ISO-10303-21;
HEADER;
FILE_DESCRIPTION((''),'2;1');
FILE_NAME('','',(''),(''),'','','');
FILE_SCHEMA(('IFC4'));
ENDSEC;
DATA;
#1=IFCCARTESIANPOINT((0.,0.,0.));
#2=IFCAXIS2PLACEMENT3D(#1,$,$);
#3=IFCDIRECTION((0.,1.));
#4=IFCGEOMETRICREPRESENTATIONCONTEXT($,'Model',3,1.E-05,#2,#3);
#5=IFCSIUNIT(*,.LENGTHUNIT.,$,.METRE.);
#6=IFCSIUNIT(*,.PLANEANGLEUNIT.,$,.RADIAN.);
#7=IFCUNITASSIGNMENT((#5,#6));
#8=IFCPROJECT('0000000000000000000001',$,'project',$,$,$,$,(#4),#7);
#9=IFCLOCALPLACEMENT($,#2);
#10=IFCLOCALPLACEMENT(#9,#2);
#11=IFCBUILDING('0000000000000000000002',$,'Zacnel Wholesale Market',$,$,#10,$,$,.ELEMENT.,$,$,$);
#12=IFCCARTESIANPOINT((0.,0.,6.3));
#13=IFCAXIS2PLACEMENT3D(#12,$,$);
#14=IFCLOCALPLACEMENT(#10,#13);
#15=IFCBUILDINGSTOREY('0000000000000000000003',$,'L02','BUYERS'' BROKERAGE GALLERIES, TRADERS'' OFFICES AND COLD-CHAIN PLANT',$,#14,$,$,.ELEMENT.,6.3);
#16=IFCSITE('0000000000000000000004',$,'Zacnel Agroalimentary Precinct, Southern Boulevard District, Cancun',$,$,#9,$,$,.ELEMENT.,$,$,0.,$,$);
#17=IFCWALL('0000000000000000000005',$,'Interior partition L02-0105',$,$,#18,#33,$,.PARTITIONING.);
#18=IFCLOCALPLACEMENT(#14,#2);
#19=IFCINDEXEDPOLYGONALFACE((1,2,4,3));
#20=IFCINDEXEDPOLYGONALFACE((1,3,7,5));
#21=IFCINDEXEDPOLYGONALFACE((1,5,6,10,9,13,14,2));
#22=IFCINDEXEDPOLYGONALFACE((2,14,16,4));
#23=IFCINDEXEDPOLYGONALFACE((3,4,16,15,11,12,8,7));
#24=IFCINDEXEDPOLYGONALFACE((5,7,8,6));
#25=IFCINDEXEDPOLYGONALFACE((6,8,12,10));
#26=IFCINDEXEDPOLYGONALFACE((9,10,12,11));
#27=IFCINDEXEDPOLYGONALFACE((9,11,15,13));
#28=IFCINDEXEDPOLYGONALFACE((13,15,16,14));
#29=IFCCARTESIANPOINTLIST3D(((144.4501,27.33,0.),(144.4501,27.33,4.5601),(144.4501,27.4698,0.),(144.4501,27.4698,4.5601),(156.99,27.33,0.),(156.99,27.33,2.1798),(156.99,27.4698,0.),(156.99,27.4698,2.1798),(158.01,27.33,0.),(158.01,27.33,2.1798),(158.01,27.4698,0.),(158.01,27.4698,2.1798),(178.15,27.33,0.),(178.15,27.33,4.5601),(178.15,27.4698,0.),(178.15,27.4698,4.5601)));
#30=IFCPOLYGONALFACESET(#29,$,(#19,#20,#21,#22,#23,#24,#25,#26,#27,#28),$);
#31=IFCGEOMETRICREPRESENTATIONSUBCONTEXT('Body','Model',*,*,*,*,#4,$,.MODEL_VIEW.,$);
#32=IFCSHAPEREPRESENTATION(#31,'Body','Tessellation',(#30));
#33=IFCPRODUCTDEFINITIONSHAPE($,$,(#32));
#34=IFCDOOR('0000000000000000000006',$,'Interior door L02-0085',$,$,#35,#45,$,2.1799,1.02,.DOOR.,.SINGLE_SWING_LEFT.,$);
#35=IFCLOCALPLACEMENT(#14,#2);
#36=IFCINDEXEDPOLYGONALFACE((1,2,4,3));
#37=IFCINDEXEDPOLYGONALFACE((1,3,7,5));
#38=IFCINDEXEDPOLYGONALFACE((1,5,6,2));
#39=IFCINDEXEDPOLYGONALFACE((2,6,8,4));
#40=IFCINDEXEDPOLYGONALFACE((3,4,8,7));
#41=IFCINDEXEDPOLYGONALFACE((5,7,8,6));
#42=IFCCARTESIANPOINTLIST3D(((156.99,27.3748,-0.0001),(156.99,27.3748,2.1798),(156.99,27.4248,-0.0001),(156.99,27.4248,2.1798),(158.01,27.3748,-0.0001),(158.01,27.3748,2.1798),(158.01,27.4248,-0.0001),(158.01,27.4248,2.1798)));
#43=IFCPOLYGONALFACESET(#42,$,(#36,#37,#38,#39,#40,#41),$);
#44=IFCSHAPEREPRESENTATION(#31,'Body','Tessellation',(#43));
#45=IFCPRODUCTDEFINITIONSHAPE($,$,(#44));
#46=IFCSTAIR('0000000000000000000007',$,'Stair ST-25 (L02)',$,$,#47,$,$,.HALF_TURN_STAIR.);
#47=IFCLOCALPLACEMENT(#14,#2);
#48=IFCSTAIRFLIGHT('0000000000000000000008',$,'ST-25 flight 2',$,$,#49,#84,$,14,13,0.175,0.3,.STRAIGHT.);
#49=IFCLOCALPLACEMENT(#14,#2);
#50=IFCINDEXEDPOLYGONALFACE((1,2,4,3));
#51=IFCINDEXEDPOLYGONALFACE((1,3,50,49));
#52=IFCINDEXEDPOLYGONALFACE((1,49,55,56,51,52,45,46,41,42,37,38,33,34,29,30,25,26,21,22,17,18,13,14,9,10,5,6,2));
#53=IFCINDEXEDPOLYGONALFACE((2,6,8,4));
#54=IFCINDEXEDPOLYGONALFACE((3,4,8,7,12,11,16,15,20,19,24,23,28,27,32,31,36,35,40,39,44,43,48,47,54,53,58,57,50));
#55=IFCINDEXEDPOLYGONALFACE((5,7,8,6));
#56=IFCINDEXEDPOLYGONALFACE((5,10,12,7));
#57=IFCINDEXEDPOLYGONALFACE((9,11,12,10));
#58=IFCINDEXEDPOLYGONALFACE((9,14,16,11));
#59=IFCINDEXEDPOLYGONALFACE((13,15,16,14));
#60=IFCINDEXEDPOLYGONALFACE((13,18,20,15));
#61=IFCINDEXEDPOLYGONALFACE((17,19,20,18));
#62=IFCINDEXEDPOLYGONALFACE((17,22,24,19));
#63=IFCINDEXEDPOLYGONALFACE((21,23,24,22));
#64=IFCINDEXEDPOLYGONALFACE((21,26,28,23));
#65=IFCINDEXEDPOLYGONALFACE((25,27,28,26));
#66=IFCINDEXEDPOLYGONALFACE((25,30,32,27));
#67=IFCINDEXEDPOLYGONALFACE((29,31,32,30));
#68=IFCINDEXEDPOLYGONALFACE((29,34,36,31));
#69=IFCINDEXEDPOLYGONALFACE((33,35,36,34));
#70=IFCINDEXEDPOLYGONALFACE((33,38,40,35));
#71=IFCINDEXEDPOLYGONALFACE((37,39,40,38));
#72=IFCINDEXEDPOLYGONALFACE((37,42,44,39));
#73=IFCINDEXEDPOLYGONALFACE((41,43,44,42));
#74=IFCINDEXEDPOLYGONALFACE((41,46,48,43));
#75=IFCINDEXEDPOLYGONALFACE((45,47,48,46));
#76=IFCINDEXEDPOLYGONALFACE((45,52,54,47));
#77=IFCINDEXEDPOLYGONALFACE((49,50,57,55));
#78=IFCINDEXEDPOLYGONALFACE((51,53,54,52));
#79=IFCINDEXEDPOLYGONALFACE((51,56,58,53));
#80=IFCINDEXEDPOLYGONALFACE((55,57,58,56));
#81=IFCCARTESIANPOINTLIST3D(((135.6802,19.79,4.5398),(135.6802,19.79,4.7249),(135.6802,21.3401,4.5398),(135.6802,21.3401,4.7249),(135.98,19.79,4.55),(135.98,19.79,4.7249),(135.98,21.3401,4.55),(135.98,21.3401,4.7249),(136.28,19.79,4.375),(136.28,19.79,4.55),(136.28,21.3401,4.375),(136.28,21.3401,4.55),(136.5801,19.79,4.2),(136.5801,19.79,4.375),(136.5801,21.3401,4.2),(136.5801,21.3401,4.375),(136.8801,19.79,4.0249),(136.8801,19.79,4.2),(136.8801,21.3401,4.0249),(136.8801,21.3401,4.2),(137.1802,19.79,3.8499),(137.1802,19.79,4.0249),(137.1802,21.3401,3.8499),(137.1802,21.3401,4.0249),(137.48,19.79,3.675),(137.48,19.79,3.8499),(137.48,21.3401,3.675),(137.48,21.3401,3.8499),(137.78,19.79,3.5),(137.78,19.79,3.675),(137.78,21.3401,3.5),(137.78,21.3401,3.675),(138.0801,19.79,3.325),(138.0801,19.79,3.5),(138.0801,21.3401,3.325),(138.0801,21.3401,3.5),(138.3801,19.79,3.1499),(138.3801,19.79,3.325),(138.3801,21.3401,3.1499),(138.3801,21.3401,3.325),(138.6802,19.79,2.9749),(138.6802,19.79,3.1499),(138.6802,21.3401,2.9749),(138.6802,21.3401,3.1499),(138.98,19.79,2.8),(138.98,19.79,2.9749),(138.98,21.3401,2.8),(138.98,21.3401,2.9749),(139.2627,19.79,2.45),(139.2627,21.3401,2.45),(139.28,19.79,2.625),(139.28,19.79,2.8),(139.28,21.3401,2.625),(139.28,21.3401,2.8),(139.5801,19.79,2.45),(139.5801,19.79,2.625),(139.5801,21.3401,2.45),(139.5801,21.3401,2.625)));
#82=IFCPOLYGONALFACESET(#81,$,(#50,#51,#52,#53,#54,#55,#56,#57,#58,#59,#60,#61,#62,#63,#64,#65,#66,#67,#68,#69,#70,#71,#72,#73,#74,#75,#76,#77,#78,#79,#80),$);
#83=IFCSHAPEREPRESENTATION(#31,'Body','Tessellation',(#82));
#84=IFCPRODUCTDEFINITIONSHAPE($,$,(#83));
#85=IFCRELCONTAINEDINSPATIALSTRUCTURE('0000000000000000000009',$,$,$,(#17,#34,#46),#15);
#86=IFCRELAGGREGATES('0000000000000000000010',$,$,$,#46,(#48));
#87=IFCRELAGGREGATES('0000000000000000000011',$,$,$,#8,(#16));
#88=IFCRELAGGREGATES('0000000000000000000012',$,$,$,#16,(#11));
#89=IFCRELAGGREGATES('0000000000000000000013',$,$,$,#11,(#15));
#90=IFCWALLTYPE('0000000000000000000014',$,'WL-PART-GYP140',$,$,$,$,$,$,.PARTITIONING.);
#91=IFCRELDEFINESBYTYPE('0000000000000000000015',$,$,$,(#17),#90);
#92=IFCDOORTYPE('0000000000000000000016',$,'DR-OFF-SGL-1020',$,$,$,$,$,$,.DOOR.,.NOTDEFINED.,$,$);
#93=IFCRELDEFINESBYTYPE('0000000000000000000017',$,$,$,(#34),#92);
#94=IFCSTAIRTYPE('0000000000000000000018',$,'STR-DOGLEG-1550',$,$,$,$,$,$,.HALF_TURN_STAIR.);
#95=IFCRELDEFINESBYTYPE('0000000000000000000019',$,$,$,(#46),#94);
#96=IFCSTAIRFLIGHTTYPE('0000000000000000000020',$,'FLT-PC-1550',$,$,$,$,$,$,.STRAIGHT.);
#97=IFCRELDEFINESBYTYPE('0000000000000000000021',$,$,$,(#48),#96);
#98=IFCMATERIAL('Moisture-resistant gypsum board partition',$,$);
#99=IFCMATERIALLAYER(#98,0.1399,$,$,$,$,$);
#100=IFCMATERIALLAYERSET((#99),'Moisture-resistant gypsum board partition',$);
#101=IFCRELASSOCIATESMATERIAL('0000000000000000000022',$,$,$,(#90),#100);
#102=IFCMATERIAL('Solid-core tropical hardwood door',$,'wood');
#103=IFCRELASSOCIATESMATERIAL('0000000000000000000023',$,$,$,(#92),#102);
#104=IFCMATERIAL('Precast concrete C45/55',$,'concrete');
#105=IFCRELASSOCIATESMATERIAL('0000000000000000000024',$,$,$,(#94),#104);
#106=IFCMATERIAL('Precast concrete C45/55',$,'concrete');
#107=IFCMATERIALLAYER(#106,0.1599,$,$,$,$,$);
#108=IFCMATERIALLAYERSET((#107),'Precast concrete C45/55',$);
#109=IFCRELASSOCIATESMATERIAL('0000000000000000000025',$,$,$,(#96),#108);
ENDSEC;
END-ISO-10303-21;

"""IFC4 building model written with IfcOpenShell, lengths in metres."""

from ifc_helpers import new_model, si_unit, direction, frame, frame_2d, origin, place, context, subcontext, project, spatial, polyline, rectangle, outline, extrude, material, layer, layer_set, type_object, element, fill, aggregate, save


model = new_model("IFC4")

# Units and contexts
model_context = context("Model", 3, precision=1e-05, world=origin(), true_north=direction((0.0, 1.0)))
body_context = subcontext(model_context, "Body", "Model", "MODEL_VIEW")
ifc_project = project(units=[si_unit("LENGTHUNIT", "METRE"), si_unit("PLANEANGLEUNIT", "RADIAN")], contexts=[model_context])

# Site, building, storey
site_placement = place(None, origin())
site = spatial("IfcSite", under=ifc_project, at=site_placement, Name="Zacnel Agroalimentary Precinct, Southern Boulevard District, Cancun", CompositionType="ELEMENT", RefElevation=0.0)
building_placement = place(site_placement, origin())
building = spatial("IfcBuilding", under=site, at=building_placement, Name="Zacnel Wholesale Market", CompositionType="ELEMENT")
storey_placement = place(building_placement, frame((0.0, 0.0, 6.3)))
storey = spatial("IfcBuildingStorey", under=building, at=storey_placement, Name="L02", Description="BUYERS' BROKERAGE GALLERIES, TRADERS' OFFICES AND COLD-CHAIN PLANT", CompositionType="ELEMENT", Elevation=6.3)

# Wall, opening, door
ifc_material_1 = material(Name="Moisture-resistant gypsum board partition")
ifc_layer_1 = layer(ifc_material_1, 0.1399)
ifc_layer_set_1 = layer_set([ifc_layer_1], Name="Moisture-resistant gypsum board partition")
wall_type_1 = type_object("IfcWallType", Name="WL-PART-GYP140", PredefinedType="PARTITIONING", material=ifc_layer_set_1)
wall_1_placement = place(storey_placement, frame((144.45, 27.3999, 0.0), z_axis=(0.0, 0.0, 1.0), x_axis=(1.0, 0.0, 0.0)))
wall_1 = element("IfcWall", 1, at=wall_1_placement, inside=storey, type_object=wall_type_1, Name="Interior partition L02-0105", PredefinedType="PARTITIONING", context=body_context, shape_type="SweptSolid", body=[
    extrude(rectangle(XDim=33.7, YDim=0.1399, at=frame_2d((16.8501, 0.0))), origin(), (0.0, 0.0, 1.0), 4.5601),
])
opening_1_placement = place(wall_1_placement, frame((12.54, 0.0, 0.0)))
opening_1 = element("IfcOpeningElement", 2, at=opening_1_placement, cuts=wall_1, PredefinedType="OPENING", context=body_context, shape_type="SweptSolid", body=[
    extrude(rectangle(XDim=1.02, YDim=2.1799, at=frame_2d((0.51, 1.0898))), frame((0.0, 0.0798, 0.0), z_axis=(0.0, -1.0, 0.0), x_axis=(1.0, 0.0, 0.0)), (0.0, 0.0, 1.0), 0.1599),
])
ifc_material_2 = material(Name="Solid-core tropical hardwood door", Category="wood")
door_type_1 = type_object("IfcDoorType", Name="DR-OFF-SGL-1020", OperationType="NOTDEFINED", PredefinedType="DOOR", material=ifc_material_2)
door_1_placement = place(opening_1_placement, origin())
door_1 = element("IfcDoor", 3, at=door_1_placement, inside=storey, type_object=door_type_1, Name="Interior door L02-0085", OperationType="SINGLE_SWING_LEFT", OverallHeight=2.1799, OverallWidth=1.02, PredefinedType="DOOR", context=body_context, shape_type="SweptSolid", body=[
    extrude(rectangle(XDim=1.02, YDim=2.1799, at=frame_2d((0.51, 1.0898))), frame((0.0, 0.0249, 0.0), z_axis=(0.0, -1.0, 0.0), x_axis=(1.0, 0.0, 0.0)), (0.0, 0.0, 1.0), 0.05),
])
fill(opening_1, door_1)

# Stair, stair flight
ifc_material_3 = material(Name="Precast concrete C45/55", Category="concrete")
stair_type = type_object("IfcStairType", Name="STR-DOGLEG-1550", PredefinedType="HALF_TURN_STAIR", material=ifc_material_3)
stair_placement = place(storey_placement, origin())
stair = element("IfcStair", 4, at=stair_placement, inside=storey, type_object=stair_type, Name="Stair ST-25 (L02)", PredefinedType="HALF_TURN_STAIR")
ifc_material_4 = material(Name="Precast concrete C45/55", Category="concrete")
ifc_layer_2 = layer(ifc_material_4, 0.1599)
ifc_layer_set_2 = layer_set([ifc_layer_2], Name="Precast concrete C45/55")
stair_flight_type = type_object("IfcStairFlightType", Name="FLT-PC-1550", PredefinedType="STRAIGHT", material=ifc_layer_set_2)
stair_flight_placement = place(storey_placement, frame((139.5801, 20.5649, 2.45), z_axis=(0.0, 0.0, 1.0), x_axis=(-1.0, 0.0, 0.0)))
stair_flight = element("IfcStairFlight", 5, at=stair_flight_placement, type_object=stair_flight_type, Name="ST-25 flight 2", NumberOfRisers=14, NumberOfTreads=13, PredefinedType="STRAIGHT", RiserHeight=0.175, TreadLength=0.3, context=body_context, shape_type="SweptSolid", body=[
    extrude(outline(polyline([(0.0, 0.0), (0.0, 0.175), (0.3, 0.175), (0.3, 0.3501), (0.6001, 0.3501), (0.6001, 0.5249), (0.8999, 0.5249), (0.8999, 0.7), (1.2, 0.7), (1.2, 0.875), (1.5, 0.875), (1.5, 1.05), (1.8, 1.05), (1.8, 1.2251), (2.1001, 1.2251), (2.1001, 1.3999), (2.3999, 1.3999), (2.3999, 1.575), (2.7, 1.575), (2.7, 1.75), (3.0, 1.75), (3.0, 1.925), (3.3, 1.925), (3.3, 2.1001), (3.6001, 2.1001), (3.6001, 2.2749), (3.8999, 2.2749), (3.8999, 2.45), (3.8999, 2.0898), (0.3174, 0.0), (0.0, 0.0)])), frame((0.0, 0.7749, 0.0), z_axis=(0.0, -1.0, 0.0), x_axis=(1.0, 0.0, 0.0)), (0.0, 0.0, 1.0), 1.55),
])
aggregate(stair, [stair_flight])

save(model, "model.ifc")
